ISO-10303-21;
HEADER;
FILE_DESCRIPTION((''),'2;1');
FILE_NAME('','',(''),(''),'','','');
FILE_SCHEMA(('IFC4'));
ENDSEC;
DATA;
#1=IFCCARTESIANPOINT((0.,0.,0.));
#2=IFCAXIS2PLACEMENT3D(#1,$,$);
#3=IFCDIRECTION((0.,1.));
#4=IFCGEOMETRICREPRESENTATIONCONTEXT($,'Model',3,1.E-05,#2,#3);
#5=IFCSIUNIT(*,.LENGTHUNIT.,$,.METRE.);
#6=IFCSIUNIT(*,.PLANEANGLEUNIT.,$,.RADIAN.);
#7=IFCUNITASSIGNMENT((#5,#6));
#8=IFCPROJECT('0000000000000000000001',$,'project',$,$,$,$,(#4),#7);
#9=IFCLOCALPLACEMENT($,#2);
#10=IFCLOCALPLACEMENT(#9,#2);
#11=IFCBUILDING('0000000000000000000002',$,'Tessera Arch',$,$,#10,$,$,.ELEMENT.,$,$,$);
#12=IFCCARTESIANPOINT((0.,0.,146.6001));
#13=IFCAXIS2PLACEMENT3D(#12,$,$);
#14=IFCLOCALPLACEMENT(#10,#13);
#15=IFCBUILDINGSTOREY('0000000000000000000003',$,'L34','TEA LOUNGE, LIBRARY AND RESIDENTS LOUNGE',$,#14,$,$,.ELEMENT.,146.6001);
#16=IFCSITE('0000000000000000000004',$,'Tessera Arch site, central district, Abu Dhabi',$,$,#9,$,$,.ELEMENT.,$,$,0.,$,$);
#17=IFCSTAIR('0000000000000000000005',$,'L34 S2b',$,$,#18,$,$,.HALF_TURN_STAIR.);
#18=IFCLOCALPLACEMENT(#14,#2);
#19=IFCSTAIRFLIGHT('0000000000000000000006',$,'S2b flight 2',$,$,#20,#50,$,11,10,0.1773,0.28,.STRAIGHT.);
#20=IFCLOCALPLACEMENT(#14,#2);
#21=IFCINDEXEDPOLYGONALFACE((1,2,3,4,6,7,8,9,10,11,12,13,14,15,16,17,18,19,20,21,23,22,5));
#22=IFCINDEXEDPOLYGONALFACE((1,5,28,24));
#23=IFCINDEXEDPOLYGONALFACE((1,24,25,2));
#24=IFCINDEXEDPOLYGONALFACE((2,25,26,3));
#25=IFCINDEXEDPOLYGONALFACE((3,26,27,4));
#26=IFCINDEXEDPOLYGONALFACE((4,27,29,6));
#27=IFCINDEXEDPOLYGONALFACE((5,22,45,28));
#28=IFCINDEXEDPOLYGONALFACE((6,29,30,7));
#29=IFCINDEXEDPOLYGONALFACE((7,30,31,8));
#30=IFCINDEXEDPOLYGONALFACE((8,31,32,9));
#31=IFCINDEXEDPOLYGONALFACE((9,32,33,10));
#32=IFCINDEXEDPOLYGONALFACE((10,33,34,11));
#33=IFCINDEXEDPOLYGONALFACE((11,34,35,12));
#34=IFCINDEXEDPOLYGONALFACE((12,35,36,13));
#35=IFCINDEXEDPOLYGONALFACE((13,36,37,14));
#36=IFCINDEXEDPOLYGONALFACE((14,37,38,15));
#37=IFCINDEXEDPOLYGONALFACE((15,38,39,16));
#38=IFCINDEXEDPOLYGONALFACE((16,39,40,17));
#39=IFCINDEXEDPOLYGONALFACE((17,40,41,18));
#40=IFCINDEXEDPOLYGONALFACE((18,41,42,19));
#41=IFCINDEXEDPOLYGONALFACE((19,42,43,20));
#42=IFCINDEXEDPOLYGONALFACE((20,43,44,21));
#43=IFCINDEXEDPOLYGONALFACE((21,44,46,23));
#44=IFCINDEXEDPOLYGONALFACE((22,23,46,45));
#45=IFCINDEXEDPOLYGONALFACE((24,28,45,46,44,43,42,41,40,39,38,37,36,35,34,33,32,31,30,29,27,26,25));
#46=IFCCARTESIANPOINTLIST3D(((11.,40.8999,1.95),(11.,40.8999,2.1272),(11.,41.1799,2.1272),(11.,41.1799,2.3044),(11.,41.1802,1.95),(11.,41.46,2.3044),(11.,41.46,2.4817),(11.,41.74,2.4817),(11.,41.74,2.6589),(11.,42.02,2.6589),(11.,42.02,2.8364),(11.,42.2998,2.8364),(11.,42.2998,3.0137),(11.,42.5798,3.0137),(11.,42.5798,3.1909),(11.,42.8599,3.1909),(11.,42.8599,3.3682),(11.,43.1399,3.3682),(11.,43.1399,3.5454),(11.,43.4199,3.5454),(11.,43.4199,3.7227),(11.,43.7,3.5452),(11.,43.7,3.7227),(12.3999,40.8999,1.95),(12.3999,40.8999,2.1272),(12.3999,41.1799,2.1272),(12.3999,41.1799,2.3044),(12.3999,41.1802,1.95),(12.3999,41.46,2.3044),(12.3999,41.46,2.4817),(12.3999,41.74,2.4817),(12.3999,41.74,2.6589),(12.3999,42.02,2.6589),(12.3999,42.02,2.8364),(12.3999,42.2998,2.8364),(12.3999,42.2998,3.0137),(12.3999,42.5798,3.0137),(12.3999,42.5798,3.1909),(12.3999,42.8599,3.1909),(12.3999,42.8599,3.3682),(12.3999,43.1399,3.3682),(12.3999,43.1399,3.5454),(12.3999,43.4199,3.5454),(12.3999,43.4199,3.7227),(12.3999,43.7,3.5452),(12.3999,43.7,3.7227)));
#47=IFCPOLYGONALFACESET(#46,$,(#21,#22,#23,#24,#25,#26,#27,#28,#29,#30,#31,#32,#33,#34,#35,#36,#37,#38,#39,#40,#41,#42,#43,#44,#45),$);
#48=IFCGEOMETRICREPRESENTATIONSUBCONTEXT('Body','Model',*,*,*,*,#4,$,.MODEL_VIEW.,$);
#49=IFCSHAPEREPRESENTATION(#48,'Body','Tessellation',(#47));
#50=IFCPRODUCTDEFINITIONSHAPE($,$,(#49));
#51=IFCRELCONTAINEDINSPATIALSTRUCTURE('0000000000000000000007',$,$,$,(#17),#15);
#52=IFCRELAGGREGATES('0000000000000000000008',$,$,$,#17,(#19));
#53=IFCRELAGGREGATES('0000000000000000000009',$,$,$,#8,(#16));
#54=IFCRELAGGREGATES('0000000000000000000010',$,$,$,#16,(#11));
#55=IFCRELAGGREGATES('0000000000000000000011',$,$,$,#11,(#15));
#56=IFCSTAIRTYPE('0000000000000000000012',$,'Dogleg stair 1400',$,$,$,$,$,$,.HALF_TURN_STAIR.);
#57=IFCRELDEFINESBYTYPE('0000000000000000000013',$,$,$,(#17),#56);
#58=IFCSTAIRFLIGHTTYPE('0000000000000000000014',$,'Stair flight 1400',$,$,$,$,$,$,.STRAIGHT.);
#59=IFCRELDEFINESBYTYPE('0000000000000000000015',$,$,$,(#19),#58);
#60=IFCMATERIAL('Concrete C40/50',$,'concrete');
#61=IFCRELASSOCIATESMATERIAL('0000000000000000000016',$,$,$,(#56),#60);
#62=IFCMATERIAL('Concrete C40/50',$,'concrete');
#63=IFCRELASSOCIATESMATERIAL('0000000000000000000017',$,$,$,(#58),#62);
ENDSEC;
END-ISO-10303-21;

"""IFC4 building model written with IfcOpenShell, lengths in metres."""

from ifc_helpers import new_model, si_unit, direction, frame, origin, place, context, subcontext, project, spatial, polyline, outline, extrude, material, type_object, element, aggregate, save


model = new_model("IFC4")

# Units and contexts
model_context = context("Model", 3, precision=1e-05, world=origin(), true_north=direction((0.0, 1.0)))
body_context = subcontext(model_context, "Body", "Model", "MODEL_VIEW")
ifc_project = project(units=[si_unit("LENGTHUNIT", "METRE"), si_unit("PLANEANGLEUNIT", "RADIAN")], contexts=[model_context])

# Site, building, storey
site_placement = place(None, origin())
site = spatial("IfcSite", under=ifc_project, at=site_placement, Name="Tessera Arch site, central district, Abu Dhabi", CompositionType="ELEMENT", RefElevation=0.0)
building_placement = place(site_placement, origin())
building = spatial("IfcBuilding", under=site, at=building_placement, Name="Tessera Arch", CompositionType="ELEMENT")
storey_placement = place(building_placement, frame((0.0, 0.0, 146.6001)))
storey = spatial("IfcBuildingStorey", under=building, at=storey_placement, Name="L34", Description="TEA LOUNGE, LIBRARY AND RESIDENTS LOUNGE", CompositionType="ELEMENT", Elevation=146.6001)

# Stair, stair flight
ifc_material_1 = material(Name="Concrete C40/50", Category="concrete")
stair_type = type_object("IfcStairType", Name="Dogleg stair 1400", PredefinedType="HALF_TURN_STAIR", material=ifc_material_1)
stair_placement = place(storey_placement, origin())
stair = element("IfcStair", 1, at=stair_placement, inside=storey, type_object=stair_type, Name="L34 S2b", PredefinedType="HALF_TURN_STAIR")
ifc_material_2 = material(Name="Concrete C40/50", Category="concrete")
stair_flight_type = type_object("IfcStairFlightType", Name="Stair flight 1400", PredefinedType="STRAIGHT", material=ifc_material_2)
stair_flight_placement = place(storey_placement, frame((11.7, 40.8999, 1.95), z_axis=(0.0, 0.0, 1.0), x_axis=(0.0, 1.0, 0.0)))
stair_flight = element("IfcStairFlight", 2, at=stair_flight_placement, type_object=stair_flight_type, Name="S2b flight 2", NumberOfRisers=11, NumberOfTreads=10, PredefinedType="STRAIGHT", RiserHeight=0.1773, TreadLength=0.28, context=body_context, shape_type="SweptSolid", body=[
    extrude(outline(polyline([(0.0, 0.0), (0.0, 0.1772), (0.28, 0.1772), (0.28, 0.3545), (0.5601, 0.3545), (0.5601, 0.5317), (0.8401, 0.5317), (0.8401, 0.709), (1.1201, 0.709), (1.1201, 0.8865), (1.3999, 0.8865), (1.3999, 1.0637), (1.6799, 1.0637), (1.6799, 1.241), (1.96, 1.241), (1.96, 1.4182), (2.24, 1.4182), (2.24, 1.5955), (2.52, 1.5955), (2.52, 1.7727), (2.8, 1.7727), (2.8, 1.95), (2.8, 1.5952), (0.2803, 0.0), (0.0, 0.0)])), frame((0.0, 0.7, 0.0), z_axis=(0.0, -1.0, 0.0), x_axis=(1.0, 0.0, 0.0)), (0.0, 0.0, 1.0), 1.3999),
])
aggregate(stair, [stair_flight])

save(model, "model.ifc")
